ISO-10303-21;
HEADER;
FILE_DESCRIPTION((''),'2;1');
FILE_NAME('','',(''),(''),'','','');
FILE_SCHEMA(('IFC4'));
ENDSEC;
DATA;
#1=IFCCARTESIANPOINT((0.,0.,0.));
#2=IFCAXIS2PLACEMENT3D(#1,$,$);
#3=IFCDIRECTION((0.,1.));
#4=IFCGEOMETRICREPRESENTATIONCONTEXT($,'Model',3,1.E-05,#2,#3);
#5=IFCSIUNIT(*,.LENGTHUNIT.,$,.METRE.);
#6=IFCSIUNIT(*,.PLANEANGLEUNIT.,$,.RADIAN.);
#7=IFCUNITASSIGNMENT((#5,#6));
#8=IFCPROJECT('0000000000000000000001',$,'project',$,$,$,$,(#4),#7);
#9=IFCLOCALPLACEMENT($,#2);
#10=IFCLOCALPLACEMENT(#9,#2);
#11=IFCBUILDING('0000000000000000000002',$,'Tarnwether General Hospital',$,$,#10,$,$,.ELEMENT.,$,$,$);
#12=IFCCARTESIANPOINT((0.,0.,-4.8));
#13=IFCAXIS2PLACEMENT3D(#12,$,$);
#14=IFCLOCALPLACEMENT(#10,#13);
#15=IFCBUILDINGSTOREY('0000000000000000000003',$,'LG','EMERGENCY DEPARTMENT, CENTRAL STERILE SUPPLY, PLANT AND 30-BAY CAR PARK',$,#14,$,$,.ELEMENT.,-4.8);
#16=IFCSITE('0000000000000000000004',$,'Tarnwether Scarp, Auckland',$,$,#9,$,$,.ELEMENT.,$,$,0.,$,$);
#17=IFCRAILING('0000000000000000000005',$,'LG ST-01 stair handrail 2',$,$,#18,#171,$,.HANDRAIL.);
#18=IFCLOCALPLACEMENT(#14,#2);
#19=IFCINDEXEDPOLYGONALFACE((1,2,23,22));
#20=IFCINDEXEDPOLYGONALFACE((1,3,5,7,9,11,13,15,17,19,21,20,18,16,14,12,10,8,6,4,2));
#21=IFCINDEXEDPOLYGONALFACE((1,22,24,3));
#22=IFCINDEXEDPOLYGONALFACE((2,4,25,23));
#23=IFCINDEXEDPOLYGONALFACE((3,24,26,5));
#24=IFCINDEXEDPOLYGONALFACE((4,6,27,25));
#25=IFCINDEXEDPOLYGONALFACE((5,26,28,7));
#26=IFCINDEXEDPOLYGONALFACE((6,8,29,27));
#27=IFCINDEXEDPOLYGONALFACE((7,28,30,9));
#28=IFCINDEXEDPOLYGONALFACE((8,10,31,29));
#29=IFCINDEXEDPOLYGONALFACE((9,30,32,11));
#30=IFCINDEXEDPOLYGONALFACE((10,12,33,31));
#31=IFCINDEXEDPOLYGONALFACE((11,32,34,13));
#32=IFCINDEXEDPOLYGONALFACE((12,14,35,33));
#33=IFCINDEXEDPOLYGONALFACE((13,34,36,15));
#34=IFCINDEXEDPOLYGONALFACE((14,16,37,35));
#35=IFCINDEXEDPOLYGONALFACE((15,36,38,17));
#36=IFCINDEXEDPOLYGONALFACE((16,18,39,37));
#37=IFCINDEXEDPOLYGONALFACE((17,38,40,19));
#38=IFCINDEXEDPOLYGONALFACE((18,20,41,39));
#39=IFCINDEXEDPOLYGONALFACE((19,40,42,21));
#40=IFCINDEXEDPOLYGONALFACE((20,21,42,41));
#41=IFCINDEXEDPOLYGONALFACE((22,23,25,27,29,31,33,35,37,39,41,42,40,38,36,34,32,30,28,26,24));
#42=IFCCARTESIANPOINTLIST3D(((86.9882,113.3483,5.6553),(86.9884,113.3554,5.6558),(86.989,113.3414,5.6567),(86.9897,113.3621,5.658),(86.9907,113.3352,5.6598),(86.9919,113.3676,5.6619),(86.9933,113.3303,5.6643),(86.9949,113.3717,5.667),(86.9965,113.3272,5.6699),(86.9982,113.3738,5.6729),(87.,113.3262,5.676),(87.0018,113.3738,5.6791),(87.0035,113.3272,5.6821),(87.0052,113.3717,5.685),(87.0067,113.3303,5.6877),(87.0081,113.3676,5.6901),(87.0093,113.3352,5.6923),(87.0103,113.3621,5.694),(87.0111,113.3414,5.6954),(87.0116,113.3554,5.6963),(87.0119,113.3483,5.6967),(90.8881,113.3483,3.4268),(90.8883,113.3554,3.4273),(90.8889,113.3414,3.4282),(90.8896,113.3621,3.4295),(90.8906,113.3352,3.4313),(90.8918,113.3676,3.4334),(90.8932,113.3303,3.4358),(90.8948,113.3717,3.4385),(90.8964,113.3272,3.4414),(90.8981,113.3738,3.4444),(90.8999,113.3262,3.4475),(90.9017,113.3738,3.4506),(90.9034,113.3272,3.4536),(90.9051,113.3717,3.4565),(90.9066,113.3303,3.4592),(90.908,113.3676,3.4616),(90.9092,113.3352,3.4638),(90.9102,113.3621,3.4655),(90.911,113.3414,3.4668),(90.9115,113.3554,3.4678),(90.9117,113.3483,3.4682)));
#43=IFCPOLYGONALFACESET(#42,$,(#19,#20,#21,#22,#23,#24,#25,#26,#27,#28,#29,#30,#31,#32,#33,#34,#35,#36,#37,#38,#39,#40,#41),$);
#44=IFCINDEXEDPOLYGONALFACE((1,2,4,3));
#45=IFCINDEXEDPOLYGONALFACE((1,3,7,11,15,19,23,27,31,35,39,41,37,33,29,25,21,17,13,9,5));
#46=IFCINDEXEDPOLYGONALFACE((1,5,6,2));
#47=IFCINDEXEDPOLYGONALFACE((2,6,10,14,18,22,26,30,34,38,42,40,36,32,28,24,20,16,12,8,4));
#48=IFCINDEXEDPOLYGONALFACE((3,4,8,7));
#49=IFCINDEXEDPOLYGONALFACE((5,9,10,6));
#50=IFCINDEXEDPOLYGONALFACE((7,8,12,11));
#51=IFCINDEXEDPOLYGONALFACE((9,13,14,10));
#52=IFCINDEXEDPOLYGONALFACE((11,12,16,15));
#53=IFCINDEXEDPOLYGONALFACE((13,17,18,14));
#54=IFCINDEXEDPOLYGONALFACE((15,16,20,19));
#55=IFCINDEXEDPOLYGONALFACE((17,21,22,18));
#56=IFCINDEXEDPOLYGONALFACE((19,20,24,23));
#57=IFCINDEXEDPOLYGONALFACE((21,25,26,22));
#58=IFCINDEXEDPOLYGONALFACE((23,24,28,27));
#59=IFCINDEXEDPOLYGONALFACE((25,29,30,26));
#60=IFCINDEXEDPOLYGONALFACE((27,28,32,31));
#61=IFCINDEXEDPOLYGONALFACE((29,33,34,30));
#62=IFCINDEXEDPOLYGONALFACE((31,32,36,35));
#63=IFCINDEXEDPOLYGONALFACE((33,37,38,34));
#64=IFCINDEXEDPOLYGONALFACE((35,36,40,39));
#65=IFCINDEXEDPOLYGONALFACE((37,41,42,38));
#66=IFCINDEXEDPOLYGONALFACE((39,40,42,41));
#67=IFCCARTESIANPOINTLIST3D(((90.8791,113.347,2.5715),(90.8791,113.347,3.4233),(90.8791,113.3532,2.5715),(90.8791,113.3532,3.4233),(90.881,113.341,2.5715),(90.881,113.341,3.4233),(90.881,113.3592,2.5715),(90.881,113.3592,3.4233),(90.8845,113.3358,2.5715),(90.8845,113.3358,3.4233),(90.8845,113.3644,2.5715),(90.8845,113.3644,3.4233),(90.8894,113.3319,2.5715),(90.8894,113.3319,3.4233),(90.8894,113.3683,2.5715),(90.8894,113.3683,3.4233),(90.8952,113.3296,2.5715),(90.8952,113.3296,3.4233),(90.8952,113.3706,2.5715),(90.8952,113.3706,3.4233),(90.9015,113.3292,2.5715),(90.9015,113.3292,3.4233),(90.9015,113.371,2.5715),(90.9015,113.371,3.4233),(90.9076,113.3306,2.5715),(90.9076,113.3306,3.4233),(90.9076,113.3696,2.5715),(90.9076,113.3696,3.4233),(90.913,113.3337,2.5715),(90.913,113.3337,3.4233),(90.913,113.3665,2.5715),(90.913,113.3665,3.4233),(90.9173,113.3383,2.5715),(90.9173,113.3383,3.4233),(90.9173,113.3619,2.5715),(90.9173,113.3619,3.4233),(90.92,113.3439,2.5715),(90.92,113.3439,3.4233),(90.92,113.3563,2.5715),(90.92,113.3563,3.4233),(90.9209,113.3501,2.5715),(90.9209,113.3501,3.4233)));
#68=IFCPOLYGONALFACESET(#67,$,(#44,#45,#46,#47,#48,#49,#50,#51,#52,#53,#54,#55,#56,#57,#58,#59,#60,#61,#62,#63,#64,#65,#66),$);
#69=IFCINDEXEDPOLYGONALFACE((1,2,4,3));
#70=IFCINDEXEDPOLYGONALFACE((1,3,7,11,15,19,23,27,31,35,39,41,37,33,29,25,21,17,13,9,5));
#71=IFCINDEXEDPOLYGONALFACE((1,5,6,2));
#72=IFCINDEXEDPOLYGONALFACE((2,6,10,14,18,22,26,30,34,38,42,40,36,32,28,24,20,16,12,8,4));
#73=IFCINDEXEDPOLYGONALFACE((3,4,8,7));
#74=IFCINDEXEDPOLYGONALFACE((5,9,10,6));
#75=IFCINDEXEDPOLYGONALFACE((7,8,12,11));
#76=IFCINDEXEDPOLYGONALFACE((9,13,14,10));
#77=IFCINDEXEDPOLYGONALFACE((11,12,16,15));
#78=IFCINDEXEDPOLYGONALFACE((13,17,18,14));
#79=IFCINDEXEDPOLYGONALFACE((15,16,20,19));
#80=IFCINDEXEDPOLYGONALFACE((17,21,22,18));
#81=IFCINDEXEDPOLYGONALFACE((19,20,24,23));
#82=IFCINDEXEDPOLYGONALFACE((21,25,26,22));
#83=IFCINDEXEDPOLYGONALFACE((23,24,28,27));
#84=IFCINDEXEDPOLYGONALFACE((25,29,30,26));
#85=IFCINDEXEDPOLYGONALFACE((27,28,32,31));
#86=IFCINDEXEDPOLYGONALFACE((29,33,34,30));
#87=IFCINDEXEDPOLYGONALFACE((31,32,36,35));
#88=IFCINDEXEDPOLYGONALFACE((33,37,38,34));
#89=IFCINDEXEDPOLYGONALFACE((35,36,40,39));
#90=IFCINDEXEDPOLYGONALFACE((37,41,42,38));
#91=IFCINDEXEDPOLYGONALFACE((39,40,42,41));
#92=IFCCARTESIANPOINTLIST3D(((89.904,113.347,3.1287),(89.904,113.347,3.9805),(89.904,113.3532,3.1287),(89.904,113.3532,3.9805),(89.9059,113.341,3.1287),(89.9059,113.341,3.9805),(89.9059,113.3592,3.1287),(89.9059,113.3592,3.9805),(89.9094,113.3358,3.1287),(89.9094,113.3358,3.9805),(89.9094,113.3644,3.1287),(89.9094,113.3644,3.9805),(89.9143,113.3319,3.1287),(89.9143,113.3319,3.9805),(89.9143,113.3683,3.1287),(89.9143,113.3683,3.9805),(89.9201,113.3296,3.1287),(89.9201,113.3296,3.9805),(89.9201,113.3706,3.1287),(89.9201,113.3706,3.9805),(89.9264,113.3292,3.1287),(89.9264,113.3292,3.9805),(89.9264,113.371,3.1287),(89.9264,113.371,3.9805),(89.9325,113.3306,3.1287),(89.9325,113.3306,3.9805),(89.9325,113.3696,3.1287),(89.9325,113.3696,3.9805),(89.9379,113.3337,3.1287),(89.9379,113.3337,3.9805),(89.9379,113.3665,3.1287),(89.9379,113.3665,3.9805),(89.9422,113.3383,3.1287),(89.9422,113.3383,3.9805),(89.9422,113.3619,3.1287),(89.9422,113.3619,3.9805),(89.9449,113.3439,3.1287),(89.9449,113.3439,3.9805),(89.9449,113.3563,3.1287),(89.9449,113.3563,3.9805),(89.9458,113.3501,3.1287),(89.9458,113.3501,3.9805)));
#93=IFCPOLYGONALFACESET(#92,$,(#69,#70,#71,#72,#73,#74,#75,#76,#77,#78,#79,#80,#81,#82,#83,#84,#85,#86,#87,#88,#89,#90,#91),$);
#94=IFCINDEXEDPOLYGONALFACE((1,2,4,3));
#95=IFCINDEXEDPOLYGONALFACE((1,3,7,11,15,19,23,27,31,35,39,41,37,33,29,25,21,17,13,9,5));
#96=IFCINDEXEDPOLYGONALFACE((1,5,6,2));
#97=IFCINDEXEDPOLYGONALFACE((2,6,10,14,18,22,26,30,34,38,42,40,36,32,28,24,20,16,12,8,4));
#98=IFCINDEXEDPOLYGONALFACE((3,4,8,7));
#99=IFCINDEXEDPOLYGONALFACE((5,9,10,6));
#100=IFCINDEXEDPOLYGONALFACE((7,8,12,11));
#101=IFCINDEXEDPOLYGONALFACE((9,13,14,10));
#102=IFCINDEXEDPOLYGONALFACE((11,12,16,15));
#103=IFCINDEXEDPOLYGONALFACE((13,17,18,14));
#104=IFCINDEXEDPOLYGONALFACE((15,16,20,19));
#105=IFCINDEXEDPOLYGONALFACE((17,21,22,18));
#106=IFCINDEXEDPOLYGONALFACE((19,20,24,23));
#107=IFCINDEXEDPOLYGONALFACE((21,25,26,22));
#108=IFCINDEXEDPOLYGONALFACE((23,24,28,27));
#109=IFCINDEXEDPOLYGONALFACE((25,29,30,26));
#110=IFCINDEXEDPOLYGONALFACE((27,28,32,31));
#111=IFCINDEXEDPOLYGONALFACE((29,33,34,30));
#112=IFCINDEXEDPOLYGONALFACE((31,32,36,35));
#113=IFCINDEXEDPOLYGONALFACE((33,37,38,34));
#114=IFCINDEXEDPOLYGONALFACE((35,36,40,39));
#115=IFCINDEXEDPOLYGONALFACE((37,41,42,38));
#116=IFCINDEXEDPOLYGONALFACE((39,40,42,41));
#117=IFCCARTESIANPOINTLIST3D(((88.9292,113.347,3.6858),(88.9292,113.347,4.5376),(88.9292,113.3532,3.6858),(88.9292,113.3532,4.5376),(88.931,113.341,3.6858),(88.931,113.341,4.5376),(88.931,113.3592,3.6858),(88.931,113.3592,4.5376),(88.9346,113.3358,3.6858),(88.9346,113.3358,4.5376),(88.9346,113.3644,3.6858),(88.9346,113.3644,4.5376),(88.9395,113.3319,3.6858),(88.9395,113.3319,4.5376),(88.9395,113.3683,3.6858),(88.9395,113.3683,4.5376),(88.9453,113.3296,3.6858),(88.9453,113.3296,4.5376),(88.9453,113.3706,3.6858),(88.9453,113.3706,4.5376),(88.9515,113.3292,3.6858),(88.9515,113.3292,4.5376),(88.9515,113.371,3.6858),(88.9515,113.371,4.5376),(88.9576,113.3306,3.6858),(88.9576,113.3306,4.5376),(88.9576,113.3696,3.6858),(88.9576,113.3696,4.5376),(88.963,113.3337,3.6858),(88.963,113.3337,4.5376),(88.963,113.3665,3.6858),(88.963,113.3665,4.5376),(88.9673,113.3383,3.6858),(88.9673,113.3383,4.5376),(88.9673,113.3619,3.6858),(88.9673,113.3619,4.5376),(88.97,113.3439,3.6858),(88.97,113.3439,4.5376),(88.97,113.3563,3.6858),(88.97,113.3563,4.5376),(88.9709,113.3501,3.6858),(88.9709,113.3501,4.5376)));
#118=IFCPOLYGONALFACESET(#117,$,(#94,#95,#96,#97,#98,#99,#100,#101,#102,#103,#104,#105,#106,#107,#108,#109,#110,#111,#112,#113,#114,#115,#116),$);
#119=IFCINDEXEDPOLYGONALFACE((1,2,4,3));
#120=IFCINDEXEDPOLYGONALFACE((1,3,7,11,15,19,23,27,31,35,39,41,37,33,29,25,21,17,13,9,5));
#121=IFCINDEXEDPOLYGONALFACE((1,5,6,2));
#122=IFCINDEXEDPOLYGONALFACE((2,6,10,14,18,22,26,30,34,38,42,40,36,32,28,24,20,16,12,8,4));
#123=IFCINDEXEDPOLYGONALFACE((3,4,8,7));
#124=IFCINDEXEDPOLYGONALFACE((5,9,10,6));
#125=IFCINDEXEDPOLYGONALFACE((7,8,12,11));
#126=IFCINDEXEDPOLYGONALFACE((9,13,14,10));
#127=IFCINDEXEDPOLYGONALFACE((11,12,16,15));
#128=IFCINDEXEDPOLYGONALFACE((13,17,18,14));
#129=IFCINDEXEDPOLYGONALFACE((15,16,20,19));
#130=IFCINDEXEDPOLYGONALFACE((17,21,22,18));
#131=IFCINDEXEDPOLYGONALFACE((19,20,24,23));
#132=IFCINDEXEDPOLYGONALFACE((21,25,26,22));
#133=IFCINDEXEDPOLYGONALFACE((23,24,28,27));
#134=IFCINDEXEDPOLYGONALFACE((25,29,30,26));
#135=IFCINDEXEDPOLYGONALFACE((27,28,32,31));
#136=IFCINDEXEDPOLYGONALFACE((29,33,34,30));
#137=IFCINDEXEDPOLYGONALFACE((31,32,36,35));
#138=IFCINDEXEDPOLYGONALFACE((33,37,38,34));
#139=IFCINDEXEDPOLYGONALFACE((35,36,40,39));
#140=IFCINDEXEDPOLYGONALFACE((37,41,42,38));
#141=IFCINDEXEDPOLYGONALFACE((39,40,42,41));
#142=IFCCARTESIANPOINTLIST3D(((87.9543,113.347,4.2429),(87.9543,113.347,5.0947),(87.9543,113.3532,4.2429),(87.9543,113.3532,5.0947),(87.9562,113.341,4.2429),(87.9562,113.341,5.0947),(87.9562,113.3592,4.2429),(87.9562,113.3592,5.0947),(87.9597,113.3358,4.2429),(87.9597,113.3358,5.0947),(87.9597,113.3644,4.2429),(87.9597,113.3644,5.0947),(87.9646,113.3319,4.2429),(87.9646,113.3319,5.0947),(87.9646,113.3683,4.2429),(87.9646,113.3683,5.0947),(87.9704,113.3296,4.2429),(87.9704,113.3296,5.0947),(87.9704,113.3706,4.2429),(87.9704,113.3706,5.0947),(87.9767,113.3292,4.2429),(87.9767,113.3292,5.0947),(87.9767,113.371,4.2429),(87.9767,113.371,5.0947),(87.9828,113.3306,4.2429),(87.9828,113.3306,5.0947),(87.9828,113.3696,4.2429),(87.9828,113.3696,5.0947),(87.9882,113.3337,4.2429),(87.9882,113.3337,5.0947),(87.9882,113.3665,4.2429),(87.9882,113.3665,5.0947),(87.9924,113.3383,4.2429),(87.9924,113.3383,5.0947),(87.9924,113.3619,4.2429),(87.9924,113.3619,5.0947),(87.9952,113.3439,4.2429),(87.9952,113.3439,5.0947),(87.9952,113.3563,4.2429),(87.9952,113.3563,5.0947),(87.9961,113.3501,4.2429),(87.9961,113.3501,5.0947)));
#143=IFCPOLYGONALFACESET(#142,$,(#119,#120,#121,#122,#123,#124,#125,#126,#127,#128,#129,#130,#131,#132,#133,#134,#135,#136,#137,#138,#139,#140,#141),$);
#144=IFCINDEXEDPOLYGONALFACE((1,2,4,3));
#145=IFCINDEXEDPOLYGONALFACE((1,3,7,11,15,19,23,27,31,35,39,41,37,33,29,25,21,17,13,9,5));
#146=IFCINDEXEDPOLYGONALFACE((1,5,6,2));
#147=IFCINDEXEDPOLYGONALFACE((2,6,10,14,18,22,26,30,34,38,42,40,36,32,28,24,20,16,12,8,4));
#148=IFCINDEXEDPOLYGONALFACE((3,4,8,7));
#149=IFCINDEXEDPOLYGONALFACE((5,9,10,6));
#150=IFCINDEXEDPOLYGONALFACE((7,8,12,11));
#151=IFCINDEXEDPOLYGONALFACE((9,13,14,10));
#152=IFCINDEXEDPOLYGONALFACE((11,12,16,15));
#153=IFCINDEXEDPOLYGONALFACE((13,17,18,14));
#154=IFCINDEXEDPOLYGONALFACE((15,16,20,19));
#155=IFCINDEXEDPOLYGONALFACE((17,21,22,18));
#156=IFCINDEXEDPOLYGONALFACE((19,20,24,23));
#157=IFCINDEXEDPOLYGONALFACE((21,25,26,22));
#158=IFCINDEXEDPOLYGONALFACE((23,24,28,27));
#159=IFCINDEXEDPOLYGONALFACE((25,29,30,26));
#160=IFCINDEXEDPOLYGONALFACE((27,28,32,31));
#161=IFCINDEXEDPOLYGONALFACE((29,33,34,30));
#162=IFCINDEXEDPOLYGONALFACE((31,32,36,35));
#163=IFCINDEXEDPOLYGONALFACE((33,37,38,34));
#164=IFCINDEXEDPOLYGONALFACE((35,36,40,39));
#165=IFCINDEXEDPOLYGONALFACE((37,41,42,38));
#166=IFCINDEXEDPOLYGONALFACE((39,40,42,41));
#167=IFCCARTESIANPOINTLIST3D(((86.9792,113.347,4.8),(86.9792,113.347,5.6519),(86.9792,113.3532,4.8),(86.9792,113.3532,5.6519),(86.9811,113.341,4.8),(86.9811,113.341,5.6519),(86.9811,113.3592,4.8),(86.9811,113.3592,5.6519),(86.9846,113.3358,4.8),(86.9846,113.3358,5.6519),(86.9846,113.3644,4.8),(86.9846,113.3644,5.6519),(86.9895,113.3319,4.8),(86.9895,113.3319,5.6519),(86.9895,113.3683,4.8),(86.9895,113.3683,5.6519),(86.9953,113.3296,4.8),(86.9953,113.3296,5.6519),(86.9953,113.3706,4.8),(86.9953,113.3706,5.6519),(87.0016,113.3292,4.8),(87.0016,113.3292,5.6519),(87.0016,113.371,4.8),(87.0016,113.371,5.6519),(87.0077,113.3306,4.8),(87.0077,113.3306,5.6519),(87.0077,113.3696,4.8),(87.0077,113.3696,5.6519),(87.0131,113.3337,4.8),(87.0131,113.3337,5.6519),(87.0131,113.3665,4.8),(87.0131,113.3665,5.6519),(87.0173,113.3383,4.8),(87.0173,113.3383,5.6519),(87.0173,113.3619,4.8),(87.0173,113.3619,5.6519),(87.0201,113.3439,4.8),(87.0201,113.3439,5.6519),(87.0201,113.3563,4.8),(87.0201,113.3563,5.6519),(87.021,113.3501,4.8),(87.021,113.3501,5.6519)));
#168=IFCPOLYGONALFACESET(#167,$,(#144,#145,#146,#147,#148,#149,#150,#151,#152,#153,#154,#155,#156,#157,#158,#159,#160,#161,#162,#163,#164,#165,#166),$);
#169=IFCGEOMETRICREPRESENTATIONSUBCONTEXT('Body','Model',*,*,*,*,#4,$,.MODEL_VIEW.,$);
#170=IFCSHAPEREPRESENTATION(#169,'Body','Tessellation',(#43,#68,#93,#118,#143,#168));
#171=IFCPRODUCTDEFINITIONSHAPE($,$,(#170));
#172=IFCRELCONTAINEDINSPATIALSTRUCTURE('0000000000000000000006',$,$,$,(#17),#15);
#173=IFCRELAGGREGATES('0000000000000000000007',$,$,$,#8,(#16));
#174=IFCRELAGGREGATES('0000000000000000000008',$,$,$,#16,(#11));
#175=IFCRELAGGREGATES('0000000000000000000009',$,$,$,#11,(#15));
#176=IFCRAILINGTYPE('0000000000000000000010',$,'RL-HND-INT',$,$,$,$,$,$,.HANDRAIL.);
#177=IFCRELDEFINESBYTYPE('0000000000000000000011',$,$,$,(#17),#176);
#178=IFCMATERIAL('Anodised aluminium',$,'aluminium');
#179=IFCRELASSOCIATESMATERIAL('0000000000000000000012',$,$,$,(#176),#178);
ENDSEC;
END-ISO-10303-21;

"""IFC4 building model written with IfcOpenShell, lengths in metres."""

from ifc_helpers import new_model, si_unit, direction, frame, origin, origin_2d, place, context, subcontext, project, spatial, circle, extrude, material, type_object, element, save


model = new_model("IFC4")

# Units and contexts
model_context = context("Model", 3, precision=1e-05, world=origin(), true_north=direction((0.0, 1.0)))
body_context = subcontext(model_context, "Body", "Model", "MODEL_VIEW")
ifc_project = project(units=[si_unit("LENGTHUNIT", "METRE"), si_unit("PLANEANGLEUNIT", "RADIAN")], contexts=[model_context])

# Site, building, storey
site_placement = place(None, origin())
site = spatial("IfcSite", under=ifc_project, at=site_placement, Name="Tarnwether Scarp, Auckland", CompositionType="ELEMENT", RefElevation=0.0)
building_placement = place(site_placement, origin())
building = spatial("IfcBuilding", under=site, at=building_placement, Name="Tarnwether General Hospital", CompositionType="ELEMENT")
storey_placement = place(building_placement, frame((0.0, 0.0, -4.8)))
storey = spatial("IfcBuildingStorey", under=building, at=storey_placement, Name="LG", Description="EMERGENCY DEPARTMENT, CENTRAL STERILE SUPPLY, PLANT AND 30-BAY CAR PARK", CompositionType="ELEMENT", Elevation=-4.8)

# Railing
ifc_material_1 = material(Name="Anodised aluminium", Category="aluminium")
railing_type_1 = type_object("IfcRailingType", Name="RL-HND-INT", PredefinedType="HANDRAIL", material=ifc_material_1)
railing_1_placement = place(storey_placement, frame((90.8999, 113.3501, 2.5715)))
element("IfcRailing", 1, at=railing_1_placement, inside=storey, type_object=railing_type_1, Name="LG ST-01 stair handrail 2", PredefinedType="HANDRAIL", context=body_context, shape_type="SweptSolid", body=[
    extrude(circle(Radius=0.0239, at=origin_2d()), frame((0.0, 0.0, 0.876), z_axis=(-0.868243, 0.0, 0.496139), x_axis=(0.0, -1.0, 0.0)), (0.0, 0.0, 1.0), 4.4917),
    extrude(circle(Radius=0.021, at=origin_2d()), origin(), (0.0, 0.0, 1.0), 0.8518),
    extrude(circle(Radius=0.021, at=origin_2d()), frame((-0.9751, 0.0, 0.5571)), (0.0, 0.0, 1.0), 0.8518),
    extrude(circle(Radius=0.021, at=origin_2d()), frame((-1.95, 0.0, 1.1143)), (0.0, 0.0, 1.0), 0.8518),
    extrude(circle(Radius=0.021, at=origin_2d()), frame((-2.9248, 0.0, 1.6714)), (0.0, 0.0, 1.0), 0.8518),
    extrude(circle(Radius=0.021, at=origin_2d()), frame((-3.8999, 0.0, 2.2285)), (0.0, 0.0, 1.0), 0.8518),
])

save(model, "model.ifc")
